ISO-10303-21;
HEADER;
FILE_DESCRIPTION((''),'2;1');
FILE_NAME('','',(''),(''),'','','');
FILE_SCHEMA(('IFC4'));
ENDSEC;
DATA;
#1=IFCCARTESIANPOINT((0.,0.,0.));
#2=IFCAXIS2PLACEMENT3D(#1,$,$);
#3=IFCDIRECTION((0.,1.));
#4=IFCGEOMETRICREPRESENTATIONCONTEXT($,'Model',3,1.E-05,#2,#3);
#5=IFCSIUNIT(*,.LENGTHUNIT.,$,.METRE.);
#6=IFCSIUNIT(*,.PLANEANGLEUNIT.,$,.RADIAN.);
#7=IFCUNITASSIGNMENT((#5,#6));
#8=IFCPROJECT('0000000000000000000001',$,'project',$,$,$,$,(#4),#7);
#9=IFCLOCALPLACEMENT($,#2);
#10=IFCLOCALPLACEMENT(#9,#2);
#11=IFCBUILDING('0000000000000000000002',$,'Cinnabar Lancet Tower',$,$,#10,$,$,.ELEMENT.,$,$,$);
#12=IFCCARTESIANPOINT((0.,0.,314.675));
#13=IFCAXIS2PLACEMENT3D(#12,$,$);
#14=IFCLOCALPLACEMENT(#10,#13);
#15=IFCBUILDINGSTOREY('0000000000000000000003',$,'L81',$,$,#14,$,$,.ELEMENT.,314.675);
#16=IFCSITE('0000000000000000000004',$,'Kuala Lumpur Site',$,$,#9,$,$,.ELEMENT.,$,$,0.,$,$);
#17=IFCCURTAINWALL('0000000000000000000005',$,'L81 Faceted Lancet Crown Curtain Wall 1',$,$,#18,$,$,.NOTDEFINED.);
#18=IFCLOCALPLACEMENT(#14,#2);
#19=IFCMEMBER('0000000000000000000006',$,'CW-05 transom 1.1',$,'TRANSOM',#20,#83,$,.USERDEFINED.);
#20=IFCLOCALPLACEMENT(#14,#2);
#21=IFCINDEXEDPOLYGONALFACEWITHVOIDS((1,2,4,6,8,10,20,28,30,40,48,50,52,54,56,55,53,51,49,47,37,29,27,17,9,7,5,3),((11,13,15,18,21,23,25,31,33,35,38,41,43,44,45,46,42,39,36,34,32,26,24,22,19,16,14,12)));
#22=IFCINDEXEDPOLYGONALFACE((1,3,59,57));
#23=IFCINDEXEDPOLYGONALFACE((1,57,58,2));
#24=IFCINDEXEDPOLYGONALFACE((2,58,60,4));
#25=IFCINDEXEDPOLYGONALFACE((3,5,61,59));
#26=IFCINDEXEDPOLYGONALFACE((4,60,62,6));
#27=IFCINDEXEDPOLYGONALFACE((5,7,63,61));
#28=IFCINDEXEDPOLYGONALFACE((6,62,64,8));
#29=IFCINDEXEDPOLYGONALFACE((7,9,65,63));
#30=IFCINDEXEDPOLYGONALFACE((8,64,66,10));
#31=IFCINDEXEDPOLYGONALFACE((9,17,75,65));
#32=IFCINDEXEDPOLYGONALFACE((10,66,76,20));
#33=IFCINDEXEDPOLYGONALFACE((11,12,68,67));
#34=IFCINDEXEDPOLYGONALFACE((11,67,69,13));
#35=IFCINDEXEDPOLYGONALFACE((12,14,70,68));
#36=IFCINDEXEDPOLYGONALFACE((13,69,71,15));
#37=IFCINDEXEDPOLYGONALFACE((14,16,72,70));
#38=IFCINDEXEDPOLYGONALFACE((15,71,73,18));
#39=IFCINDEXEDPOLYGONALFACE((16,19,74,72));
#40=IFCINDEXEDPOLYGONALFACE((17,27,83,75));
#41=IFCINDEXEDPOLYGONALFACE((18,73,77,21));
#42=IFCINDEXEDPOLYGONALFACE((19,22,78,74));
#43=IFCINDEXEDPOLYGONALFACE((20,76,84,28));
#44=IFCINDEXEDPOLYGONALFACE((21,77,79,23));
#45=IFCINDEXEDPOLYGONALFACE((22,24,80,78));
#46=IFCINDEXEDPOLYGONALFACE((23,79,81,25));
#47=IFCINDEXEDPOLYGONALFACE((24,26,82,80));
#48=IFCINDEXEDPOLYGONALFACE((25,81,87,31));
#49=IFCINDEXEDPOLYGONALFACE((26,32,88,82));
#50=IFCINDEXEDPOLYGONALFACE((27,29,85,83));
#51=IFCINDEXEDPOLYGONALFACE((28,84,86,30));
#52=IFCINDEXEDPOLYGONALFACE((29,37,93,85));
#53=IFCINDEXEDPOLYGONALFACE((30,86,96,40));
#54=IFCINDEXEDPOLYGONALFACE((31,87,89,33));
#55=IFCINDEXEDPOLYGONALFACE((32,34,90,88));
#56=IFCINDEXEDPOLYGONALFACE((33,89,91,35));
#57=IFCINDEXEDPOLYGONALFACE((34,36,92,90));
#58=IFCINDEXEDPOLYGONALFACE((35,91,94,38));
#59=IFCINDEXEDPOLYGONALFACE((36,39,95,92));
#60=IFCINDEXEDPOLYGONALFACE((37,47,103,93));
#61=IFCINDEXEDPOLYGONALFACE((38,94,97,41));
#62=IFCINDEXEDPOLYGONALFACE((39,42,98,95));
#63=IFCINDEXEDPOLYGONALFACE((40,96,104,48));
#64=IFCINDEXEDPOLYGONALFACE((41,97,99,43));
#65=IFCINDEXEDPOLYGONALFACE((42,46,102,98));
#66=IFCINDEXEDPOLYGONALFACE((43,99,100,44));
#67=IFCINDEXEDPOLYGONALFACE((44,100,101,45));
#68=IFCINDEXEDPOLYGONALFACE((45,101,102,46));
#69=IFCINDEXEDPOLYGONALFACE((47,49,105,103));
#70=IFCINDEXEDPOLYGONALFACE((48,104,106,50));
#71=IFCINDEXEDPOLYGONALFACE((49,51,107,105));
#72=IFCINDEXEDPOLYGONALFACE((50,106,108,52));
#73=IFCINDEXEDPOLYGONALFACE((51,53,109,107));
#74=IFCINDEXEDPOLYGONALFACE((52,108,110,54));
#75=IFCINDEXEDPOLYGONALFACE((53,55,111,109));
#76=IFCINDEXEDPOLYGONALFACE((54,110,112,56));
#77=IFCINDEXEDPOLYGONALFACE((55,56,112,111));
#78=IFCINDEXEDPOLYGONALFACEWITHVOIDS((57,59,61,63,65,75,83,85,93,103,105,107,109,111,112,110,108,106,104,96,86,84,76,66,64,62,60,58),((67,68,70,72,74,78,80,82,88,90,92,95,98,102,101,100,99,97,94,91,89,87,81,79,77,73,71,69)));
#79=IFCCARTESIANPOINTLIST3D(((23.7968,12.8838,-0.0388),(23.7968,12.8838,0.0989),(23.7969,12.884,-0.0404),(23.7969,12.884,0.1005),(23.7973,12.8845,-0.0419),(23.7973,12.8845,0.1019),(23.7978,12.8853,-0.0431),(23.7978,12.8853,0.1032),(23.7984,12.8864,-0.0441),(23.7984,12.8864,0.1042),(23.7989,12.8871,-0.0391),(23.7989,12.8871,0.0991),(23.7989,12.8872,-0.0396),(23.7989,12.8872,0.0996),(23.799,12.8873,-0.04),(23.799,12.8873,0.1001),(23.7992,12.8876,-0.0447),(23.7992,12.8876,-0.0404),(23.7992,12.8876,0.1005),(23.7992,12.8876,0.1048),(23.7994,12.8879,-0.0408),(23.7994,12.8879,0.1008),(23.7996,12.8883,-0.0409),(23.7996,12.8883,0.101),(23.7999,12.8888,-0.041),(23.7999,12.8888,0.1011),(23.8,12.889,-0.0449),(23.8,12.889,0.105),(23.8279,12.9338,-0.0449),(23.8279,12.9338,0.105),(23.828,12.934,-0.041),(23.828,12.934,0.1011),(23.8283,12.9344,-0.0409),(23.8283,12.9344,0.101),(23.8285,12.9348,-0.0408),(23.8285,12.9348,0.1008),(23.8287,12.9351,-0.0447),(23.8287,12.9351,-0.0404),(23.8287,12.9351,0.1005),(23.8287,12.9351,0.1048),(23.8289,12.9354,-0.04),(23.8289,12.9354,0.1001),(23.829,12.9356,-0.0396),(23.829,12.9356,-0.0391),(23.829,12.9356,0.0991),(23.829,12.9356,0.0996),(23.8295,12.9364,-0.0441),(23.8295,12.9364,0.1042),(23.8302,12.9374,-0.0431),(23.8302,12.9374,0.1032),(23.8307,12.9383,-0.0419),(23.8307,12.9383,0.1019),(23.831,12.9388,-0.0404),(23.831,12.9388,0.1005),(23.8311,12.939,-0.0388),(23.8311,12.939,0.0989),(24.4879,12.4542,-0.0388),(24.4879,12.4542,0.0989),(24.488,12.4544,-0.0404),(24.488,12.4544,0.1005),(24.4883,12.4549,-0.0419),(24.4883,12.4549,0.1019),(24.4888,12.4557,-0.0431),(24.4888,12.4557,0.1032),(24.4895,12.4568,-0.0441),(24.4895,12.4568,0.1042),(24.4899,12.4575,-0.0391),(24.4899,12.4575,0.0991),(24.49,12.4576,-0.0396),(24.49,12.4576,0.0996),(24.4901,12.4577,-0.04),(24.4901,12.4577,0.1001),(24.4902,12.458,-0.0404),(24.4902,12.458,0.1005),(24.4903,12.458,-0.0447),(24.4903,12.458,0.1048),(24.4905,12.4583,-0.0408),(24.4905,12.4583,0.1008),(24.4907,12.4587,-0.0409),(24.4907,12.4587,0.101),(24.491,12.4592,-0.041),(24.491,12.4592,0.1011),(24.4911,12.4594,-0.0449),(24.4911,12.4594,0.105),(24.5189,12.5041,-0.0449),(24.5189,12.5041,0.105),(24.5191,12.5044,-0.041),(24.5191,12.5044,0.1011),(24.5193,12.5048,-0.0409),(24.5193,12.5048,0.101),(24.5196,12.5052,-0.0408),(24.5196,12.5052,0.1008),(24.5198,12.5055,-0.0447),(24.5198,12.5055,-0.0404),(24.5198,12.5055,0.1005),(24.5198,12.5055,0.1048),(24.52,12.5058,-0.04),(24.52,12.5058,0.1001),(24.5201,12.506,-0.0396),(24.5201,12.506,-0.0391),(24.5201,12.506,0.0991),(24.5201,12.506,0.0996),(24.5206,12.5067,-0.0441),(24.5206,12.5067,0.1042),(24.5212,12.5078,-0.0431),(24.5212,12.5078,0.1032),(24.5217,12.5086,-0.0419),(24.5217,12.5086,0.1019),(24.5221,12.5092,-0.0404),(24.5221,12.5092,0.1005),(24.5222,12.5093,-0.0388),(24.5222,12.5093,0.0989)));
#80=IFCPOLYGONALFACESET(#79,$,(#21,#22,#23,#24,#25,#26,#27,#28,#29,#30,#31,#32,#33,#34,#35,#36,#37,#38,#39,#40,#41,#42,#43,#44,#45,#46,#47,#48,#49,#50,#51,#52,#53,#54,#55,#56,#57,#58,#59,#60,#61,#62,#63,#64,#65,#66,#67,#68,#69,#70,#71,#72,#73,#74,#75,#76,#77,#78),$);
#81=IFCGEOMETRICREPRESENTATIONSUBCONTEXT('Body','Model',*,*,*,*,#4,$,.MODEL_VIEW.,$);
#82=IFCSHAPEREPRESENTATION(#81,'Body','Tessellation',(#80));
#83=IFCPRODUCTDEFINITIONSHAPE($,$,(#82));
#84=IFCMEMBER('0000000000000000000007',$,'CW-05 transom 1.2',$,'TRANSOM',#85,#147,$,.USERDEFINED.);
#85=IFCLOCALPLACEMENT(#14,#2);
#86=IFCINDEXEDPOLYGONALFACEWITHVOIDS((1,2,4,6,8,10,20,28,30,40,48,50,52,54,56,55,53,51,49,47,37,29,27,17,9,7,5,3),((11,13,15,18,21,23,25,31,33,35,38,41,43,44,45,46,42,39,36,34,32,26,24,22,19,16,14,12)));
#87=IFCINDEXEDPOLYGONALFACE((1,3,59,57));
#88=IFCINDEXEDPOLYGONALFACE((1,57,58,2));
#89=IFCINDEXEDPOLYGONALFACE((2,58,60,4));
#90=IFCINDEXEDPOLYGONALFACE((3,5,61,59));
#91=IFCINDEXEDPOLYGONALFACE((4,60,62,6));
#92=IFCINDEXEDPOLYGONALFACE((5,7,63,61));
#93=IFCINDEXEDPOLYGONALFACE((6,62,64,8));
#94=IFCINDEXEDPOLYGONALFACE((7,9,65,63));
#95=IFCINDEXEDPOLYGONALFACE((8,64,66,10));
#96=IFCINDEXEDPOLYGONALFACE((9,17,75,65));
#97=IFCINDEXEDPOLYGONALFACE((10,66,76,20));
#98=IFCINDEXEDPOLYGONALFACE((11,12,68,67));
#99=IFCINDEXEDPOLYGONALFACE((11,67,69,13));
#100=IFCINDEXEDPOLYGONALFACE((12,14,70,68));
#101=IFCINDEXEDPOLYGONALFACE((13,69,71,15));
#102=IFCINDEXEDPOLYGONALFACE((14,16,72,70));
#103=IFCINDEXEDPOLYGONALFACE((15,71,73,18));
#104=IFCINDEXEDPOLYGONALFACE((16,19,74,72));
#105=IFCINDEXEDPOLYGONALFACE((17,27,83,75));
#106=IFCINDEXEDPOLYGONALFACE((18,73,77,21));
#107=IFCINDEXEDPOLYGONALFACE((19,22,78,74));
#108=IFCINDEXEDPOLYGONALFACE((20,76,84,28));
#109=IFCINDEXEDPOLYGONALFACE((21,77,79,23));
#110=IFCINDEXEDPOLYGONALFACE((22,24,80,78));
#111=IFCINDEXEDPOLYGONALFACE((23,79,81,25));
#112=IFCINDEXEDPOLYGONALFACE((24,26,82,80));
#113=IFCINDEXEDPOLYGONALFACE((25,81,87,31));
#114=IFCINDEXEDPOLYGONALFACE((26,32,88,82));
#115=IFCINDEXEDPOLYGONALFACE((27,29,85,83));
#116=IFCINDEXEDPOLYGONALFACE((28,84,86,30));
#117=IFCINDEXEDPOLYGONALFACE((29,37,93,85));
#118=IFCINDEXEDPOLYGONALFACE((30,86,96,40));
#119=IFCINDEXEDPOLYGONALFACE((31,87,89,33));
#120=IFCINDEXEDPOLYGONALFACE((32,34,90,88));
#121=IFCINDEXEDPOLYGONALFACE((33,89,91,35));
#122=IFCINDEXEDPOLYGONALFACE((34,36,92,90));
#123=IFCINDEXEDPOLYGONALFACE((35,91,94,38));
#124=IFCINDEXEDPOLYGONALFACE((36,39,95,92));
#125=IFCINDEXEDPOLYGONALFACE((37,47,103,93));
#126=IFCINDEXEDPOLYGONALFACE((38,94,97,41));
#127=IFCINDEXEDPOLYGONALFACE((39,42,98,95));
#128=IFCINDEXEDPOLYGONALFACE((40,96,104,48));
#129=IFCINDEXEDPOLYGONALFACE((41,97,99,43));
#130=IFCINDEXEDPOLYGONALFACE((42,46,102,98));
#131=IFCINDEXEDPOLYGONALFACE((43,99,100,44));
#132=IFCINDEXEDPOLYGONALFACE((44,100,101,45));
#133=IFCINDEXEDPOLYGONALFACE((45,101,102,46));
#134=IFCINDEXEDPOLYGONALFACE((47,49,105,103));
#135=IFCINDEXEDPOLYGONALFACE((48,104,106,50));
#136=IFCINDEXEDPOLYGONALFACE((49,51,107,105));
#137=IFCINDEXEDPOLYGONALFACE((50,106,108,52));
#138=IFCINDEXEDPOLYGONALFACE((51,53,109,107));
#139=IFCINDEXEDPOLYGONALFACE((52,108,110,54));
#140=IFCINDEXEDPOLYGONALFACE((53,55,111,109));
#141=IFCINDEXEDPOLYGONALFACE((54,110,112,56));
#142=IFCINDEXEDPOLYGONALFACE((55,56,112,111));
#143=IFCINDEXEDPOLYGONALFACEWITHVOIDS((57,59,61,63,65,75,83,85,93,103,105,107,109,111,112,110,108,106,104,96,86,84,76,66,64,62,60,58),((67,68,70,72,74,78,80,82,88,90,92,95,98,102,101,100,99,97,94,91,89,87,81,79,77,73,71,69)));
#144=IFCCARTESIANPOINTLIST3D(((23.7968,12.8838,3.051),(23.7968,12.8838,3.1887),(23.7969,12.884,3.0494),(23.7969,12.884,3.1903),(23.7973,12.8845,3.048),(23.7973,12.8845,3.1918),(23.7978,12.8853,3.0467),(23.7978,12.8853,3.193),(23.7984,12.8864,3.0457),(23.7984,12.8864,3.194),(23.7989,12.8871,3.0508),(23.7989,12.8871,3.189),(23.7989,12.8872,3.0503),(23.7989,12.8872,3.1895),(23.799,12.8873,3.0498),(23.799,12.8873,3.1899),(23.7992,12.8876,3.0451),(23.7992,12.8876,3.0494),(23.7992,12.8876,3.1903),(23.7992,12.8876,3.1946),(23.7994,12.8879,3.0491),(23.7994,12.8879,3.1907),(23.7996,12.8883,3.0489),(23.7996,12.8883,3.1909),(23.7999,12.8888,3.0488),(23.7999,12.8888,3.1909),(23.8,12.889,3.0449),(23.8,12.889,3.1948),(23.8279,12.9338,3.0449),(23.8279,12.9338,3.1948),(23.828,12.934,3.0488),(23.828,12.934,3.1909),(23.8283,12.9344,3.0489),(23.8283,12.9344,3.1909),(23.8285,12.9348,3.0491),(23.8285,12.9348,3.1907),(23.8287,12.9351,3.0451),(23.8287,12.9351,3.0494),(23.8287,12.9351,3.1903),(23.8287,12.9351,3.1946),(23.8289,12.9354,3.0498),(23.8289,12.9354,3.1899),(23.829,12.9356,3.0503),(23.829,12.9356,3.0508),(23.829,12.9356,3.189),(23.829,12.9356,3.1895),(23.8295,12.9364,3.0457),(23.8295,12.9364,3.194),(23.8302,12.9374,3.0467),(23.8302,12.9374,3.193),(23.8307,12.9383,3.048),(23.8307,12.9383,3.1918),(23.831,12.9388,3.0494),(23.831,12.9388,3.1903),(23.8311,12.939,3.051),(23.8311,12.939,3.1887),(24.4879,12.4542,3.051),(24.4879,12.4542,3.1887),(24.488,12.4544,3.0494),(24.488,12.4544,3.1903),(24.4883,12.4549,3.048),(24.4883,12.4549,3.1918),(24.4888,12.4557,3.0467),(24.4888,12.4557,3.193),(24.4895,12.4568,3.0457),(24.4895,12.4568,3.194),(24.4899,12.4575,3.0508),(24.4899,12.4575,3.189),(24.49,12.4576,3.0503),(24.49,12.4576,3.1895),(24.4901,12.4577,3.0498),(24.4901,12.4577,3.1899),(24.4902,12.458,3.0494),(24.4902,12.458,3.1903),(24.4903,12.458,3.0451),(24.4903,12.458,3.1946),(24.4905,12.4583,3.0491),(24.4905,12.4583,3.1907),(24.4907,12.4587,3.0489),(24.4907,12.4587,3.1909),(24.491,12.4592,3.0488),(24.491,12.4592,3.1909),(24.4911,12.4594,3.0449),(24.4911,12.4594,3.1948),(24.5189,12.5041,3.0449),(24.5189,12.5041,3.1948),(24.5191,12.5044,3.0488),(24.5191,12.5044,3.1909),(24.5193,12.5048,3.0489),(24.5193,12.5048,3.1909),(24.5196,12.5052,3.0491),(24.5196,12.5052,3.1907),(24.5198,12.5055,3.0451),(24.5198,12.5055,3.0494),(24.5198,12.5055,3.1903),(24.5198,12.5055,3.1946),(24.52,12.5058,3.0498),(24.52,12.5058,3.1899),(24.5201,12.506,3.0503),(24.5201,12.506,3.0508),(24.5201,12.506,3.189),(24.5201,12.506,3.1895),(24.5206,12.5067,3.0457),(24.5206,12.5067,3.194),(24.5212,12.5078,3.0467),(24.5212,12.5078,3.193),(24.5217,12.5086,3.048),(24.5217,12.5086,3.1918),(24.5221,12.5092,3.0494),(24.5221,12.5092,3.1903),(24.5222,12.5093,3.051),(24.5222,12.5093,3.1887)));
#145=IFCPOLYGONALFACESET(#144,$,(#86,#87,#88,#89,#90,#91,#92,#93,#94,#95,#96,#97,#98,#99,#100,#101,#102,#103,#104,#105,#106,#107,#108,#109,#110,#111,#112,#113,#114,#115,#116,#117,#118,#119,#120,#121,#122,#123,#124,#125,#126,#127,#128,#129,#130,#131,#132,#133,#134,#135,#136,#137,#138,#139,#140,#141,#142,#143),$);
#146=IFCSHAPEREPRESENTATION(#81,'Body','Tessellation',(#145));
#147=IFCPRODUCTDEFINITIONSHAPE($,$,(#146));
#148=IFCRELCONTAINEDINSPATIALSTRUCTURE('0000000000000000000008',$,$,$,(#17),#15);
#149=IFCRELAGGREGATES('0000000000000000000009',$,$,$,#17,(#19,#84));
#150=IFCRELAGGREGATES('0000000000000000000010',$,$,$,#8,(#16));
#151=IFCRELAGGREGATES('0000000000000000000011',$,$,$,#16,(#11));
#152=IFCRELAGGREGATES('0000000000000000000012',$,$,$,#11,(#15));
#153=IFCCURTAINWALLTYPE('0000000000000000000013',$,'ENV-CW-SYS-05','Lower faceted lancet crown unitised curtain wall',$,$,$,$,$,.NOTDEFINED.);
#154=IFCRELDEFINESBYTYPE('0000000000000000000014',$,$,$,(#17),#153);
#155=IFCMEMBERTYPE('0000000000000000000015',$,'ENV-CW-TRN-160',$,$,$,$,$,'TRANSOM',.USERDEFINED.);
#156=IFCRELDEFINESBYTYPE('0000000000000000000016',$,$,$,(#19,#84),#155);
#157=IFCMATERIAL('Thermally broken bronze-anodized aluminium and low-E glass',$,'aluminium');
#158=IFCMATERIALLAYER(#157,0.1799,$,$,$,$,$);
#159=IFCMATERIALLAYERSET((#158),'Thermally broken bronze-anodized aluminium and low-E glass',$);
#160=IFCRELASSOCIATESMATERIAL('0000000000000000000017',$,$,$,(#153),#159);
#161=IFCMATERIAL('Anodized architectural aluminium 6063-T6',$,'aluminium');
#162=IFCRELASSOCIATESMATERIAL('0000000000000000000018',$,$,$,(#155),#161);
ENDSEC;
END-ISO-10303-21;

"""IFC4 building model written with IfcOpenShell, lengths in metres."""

from ifc_helpers import new_model, si_unit, direction, frame, origin, origin_2d, place, context, subcontext, project, spatial, hollow_rectangle, extrude, material, layer, layer_set, material_profile, profile_set, type_object, element, aggregate, save


model = new_model("IFC4")

# Units and contexts
model_context = context("Model", 3, precision=1e-05, world=origin(), true_north=direction((0.0, 1.0)))
body_context = subcontext(model_context, "Body", "Model", "MODEL_VIEW")
ifc_project = project(units=[si_unit("LENGTHUNIT", "METRE"), si_unit("PLANEANGLEUNIT", "RADIAN")], contexts=[model_context])

# Site, building, storey
site_placement = place(None, origin())
site = spatial("IfcSite", under=ifc_project, at=site_placement, Name="Kuala Lumpur Site", CompositionType="ELEMENT", RefElevation=0.0)
building_placement = place(site_placement, origin())
building = spatial("IfcBuilding", under=site, at=building_placement, Name="Cinnabar Lancet Tower", CompositionType="ELEMENT")
storey_placement = place(building_placement, frame((0.0, 0.0, 314.675)))
storey = spatial("IfcBuildingStorey", under=building, at=storey_placement, Name="L81", CompositionType="ELEMENT", Elevation=314.675)

# Curtain wall
ifc_material_1 = material(Name="Thermally broken bronze-anodized aluminium and low-E glass", Category="aluminium")
ifc_layer_1 = layer(ifc_material_1, 0.1799)
ifc_layer_set_1 = layer_set([ifc_layer_1], Name="Thermally broken bronze-anodized aluminium and low-E glass")
curtain_wall_type = type_object("IfcCurtainWallType", Name="ENV-CW-SYS-05", Description="Lower faceted lancet crown unitised curtain wall", PredefinedType="NOTDEFINED", material=ifc_layer_set_1)
curtain_wall_1_placement = place(storey_placement, origin())
curtain_wall_1 = element("IfcCurtainWall", 1, at=curtain_wall_1_placement, inside=storey, type_object=curtain_wall_type, Name="L81 Faceted Lancet Crown Curtain Wall 1", PredefinedType="NOTDEFINED")

# Members
ifc_material_2 = material(Name="Anodized architectural aluminium 6063-T6", Category="aluminium")
ifc_material_profile_1 = material_profile(ifc_material_2, hollow_rectangle(XDim=0.0649, YDim=0.1499, WallThickness=0.0039, InnerFilletRadius=0.002, OuterFilletRadius=0.0061, at=origin_2d()), Name="CW-TRN 150x65x4")
ifc_profile_set_1 = profile_set([ifc_material_profile_1], Name="Anodized architectural aluminium 6063-T6")
member_type_1 = type_object("IfcMemberType", Name="ENV-CW-TRN-160", ElementType="TRANSOM", PredefinedType="USERDEFINED", material=ifc_profile_set_1)
member_1_placement = place(storey_placement, frame((23.814, 12.9114, 0.03), z_axis=(0.84926, -0.527975, 0.0), x_axis=(0.527975, 0.84926, 0.0)))
member_1 = element("IfcMember", 2, at=member_1_placement, type_object=member_type_1, Name="CW-05 transom 1.1", ObjectType="TRANSOM", PredefinedType="USERDEFINED", context=body_context, shape_type="SweptSolid", body=[
    extrude(hollow_rectangle(XDim=0.0649, YDim=0.1499, WallThickness=0.0039, InnerFilletRadius=0.002, OuterFilletRadius=0.0061, at=origin_2d()), origin(), (0.0, 0.0, 1.0), 0.8137),
])
member_2_placement = place(storey_placement, frame((23.814, 12.9114, 3.1199), z_axis=(0.84926, -0.527975, 0.0), x_axis=(0.527975, 0.84926, 0.0)))
member_2 = element("IfcMember", 3, at=member_2_placement, type_object=member_type_1, Name="CW-05 transom 1.2", ObjectType="TRANSOM", PredefinedType="USERDEFINED", context=body_context, shape_type="SweptSolid", body=[
    extrude(hollow_rectangle(XDim=0.0649, YDim=0.1499, WallThickness=0.0039, InnerFilletRadius=0.002, OuterFilletRadius=0.0061, at=origin_2d()), origin(), (0.0, 0.0, 1.0), 0.8137),
])

aggregate(curtain_wall_1, [member_1, member_2])

save(model, "model.ifc")
